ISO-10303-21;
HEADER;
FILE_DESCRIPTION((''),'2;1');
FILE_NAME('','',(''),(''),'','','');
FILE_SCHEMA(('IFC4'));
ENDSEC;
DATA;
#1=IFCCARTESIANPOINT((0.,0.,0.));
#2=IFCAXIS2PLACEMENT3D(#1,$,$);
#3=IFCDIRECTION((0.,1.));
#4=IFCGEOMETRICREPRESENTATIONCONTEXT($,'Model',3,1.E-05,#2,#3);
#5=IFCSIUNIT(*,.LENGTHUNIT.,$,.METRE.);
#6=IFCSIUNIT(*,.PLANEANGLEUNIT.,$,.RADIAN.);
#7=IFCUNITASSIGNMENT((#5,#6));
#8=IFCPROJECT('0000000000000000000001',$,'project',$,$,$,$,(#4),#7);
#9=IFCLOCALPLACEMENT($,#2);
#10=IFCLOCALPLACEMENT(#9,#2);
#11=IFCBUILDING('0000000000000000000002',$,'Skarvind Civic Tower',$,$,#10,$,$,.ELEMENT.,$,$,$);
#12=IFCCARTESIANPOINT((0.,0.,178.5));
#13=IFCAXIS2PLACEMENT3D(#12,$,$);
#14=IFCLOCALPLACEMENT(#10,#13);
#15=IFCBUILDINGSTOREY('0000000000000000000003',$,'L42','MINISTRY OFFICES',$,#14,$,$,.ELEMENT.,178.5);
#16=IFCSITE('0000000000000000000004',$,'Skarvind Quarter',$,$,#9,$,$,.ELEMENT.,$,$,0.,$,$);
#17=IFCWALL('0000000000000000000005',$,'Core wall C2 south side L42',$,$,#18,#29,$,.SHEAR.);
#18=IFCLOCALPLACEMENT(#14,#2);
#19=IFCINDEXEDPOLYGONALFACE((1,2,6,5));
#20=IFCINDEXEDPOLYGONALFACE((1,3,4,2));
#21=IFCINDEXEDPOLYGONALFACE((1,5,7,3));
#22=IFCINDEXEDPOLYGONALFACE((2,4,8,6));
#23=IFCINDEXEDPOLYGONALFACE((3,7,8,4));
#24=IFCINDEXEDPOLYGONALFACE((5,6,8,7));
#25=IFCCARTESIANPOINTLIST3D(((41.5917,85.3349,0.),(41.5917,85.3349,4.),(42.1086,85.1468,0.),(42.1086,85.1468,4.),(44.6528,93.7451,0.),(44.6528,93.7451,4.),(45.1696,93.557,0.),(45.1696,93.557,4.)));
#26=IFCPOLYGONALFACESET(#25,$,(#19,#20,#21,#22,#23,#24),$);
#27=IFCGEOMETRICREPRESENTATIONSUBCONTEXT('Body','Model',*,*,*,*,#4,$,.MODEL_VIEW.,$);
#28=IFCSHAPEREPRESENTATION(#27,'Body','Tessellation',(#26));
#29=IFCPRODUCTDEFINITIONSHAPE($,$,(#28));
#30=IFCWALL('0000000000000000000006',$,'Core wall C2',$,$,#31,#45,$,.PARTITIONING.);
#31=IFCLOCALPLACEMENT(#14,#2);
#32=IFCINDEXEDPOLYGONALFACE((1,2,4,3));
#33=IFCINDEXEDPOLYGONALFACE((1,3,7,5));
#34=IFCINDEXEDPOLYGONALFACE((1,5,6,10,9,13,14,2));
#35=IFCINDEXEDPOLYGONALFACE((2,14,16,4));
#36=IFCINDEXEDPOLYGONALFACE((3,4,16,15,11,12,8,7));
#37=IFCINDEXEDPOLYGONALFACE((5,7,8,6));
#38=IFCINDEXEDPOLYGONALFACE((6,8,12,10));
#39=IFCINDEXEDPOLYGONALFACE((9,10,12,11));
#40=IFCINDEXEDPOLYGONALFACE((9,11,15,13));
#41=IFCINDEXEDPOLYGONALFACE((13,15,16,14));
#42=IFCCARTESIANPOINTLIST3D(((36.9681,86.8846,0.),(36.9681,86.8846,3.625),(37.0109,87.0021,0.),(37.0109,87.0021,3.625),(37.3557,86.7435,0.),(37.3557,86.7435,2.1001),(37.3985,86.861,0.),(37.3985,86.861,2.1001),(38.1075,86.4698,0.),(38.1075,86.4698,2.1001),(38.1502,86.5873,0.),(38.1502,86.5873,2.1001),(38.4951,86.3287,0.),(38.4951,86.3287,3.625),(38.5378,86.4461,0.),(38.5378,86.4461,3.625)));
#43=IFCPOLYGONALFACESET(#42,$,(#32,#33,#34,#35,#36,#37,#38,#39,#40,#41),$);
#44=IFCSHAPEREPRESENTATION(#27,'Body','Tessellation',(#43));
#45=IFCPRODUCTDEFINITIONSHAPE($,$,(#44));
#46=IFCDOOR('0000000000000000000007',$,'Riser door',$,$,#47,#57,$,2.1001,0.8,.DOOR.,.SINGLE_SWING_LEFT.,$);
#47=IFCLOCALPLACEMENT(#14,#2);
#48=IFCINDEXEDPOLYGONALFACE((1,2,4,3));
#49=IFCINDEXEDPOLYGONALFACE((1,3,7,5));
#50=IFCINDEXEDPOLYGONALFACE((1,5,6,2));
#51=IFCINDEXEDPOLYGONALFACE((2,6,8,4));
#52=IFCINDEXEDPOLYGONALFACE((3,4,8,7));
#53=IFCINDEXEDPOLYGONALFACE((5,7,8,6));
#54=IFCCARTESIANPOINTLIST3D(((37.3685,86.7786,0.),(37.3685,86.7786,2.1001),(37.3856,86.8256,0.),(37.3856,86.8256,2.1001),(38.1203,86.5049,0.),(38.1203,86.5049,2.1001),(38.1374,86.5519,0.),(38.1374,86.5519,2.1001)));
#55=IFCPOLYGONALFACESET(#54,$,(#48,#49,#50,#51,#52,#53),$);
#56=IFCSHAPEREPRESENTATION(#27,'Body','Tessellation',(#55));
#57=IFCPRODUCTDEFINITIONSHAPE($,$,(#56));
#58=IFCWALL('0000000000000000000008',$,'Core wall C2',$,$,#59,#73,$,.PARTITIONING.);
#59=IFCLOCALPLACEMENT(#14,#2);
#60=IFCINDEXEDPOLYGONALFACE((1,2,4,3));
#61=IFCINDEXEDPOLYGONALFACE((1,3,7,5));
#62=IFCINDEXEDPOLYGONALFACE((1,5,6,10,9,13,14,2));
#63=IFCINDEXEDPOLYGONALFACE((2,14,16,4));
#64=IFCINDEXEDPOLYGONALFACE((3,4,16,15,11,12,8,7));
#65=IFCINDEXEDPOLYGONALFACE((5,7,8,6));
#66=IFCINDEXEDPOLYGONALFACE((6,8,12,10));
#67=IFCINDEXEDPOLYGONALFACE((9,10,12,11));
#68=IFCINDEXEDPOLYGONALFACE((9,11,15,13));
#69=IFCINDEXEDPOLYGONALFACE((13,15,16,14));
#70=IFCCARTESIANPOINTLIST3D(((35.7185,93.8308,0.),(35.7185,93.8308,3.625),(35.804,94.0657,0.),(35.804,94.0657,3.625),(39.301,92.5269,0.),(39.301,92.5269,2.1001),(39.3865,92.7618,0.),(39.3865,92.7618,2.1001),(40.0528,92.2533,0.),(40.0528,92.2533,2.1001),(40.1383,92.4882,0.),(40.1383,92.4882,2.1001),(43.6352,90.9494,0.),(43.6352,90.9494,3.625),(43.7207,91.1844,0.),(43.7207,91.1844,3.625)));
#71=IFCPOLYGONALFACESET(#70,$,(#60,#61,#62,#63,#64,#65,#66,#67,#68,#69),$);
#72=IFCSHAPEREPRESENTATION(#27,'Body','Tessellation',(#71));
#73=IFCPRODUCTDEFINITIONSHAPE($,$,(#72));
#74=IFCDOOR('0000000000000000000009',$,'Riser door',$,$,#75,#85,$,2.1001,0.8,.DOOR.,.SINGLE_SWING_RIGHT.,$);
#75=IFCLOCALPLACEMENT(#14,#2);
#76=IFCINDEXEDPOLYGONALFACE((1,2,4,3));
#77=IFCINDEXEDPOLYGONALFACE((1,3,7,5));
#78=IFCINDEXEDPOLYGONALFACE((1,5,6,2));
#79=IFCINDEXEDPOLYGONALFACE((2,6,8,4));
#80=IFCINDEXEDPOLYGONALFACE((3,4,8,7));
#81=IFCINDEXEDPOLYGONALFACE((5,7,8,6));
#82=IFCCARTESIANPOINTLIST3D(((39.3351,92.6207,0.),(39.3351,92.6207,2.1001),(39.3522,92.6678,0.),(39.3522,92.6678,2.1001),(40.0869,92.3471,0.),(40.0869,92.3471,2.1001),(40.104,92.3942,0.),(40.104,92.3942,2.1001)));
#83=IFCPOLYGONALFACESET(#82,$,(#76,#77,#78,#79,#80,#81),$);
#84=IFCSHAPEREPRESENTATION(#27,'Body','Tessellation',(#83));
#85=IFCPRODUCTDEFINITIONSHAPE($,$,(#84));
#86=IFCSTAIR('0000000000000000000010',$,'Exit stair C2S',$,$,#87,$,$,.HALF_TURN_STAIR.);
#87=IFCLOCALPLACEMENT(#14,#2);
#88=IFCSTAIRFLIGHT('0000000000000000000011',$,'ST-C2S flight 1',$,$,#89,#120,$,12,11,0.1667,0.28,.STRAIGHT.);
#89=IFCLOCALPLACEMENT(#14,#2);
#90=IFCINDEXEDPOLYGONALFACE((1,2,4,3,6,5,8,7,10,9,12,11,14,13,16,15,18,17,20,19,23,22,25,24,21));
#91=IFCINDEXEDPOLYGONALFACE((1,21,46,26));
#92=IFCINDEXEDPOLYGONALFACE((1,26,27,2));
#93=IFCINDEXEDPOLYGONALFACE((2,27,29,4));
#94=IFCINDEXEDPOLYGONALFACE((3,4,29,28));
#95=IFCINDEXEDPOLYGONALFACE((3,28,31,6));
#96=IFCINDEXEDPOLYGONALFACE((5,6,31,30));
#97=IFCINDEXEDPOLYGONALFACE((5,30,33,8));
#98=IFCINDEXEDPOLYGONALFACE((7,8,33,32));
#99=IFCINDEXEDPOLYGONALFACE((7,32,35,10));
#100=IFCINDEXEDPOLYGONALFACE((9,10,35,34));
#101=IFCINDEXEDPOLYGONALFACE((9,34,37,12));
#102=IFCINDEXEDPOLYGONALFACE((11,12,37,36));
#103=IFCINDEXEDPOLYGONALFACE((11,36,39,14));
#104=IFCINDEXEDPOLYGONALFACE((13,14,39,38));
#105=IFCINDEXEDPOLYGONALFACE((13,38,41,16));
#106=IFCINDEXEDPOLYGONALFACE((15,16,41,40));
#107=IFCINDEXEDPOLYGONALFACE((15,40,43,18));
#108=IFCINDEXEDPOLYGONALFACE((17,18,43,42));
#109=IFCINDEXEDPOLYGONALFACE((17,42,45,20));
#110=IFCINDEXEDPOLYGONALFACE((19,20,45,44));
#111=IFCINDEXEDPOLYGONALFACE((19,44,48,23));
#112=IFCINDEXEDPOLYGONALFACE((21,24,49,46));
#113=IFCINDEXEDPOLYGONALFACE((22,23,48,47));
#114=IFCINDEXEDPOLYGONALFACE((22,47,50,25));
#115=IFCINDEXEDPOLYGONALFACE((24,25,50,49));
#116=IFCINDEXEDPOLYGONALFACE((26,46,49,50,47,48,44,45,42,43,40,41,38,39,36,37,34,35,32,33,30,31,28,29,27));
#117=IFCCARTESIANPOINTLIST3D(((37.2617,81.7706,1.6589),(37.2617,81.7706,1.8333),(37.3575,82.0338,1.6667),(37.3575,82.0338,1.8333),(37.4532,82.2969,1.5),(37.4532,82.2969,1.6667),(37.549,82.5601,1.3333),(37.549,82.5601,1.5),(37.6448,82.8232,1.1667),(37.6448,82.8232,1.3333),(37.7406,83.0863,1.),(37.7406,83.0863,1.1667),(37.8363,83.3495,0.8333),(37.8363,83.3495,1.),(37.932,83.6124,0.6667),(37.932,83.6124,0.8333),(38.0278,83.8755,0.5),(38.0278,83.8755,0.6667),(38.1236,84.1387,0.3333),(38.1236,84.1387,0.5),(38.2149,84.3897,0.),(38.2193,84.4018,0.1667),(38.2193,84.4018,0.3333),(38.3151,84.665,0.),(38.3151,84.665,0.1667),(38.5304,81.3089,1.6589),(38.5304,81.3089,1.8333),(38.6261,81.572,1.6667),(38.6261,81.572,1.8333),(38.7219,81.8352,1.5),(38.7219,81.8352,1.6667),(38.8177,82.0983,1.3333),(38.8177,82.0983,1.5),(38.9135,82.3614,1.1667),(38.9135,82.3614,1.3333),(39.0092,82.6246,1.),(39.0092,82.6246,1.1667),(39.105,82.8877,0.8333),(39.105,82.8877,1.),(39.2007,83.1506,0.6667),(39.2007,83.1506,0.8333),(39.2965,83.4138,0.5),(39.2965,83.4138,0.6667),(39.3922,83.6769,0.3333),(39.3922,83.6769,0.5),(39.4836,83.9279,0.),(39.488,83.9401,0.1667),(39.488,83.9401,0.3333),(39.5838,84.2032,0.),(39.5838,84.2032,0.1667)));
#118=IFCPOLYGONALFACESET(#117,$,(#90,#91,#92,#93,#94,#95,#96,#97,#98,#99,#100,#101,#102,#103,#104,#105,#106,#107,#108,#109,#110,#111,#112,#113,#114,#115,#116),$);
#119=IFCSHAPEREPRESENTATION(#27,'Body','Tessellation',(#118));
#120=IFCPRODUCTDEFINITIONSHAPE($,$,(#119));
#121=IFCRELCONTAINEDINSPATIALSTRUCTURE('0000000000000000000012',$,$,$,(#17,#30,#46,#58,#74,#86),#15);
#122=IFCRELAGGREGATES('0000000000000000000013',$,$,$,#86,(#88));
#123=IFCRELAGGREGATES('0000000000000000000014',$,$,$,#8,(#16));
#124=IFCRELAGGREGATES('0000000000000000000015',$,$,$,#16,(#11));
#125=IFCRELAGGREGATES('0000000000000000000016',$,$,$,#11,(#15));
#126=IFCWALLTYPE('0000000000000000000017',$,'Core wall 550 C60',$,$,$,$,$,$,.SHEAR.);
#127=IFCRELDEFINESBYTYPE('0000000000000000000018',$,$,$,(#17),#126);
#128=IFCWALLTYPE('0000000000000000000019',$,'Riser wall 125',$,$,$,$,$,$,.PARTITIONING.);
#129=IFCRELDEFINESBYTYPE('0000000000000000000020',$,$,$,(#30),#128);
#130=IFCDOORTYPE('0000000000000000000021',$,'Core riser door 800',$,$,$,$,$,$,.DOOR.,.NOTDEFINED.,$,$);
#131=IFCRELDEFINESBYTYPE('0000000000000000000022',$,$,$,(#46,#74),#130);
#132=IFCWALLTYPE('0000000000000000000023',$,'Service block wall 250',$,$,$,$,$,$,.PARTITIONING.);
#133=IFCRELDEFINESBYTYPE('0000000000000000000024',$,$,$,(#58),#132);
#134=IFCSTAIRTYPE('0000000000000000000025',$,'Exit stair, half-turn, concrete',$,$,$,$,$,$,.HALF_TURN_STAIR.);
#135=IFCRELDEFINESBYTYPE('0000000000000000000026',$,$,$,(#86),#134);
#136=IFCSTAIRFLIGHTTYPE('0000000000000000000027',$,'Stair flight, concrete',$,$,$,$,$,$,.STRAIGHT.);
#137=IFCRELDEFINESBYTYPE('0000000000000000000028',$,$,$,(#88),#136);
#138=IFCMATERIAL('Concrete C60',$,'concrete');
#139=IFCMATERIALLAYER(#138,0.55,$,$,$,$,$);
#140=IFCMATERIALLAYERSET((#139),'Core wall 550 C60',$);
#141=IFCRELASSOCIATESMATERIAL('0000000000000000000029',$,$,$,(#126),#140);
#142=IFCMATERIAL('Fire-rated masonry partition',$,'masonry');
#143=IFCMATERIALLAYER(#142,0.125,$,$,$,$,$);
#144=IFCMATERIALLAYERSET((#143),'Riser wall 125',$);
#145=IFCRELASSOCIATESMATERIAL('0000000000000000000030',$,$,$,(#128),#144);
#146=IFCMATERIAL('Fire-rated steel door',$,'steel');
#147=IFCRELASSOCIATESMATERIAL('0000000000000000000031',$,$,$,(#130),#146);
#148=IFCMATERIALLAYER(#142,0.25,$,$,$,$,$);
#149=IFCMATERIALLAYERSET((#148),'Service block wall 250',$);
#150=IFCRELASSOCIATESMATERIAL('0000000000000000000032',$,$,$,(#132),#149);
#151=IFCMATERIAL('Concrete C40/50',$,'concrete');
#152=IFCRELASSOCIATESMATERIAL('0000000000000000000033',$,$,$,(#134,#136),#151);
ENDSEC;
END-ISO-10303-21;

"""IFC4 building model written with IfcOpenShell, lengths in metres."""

from ifc_helpers import new_model, si_unit, direction, frame, frame_2d, origin, place, context, subcontext, project, spatial, polyline, rectangle, outline, extrude, material, layer, layer_set, type_object, element, fill, aggregate, save


model = new_model("IFC4")

# Units and contexts
model_context = context("Model", 3, precision=1e-05, world=origin(), true_north=direction((0.0, 1.0)))
body_context = subcontext(model_context, "Body", "Model", "MODEL_VIEW")
ifc_project = project(units=[si_unit("LENGTHUNIT", "METRE"), si_unit("PLANEANGLEUNIT", "RADIAN")], contexts=[model_context])

# Site, building, storey
site_placement = place(None, origin())
site = spatial("IfcSite", under=ifc_project, at=site_placement, Name="Skarvind Quarter", CompositionType="ELEMENT", RefElevation=0.0)
building_placement = place(site_placement, origin())
building = spatial("IfcBuilding", under=site, at=building_placement, Name="Skarvind Civic Tower", CompositionType="ELEMENT")
storey_placement = place(building_placement, frame((0.0, 0.0, 178.5)))
storey = spatial("IfcBuildingStorey", under=building, at=storey_placement, Name="L42", Description="MINISTRY OFFICES", CompositionType="ELEMENT", Elevation=178.5)

# Shared definitions
ifc_material_1 = material(Name="Concrete C60", Category="concrete")

# Shared definitions
ifc_material_2 = material(Name="Fire-rated masonry partition", Category="masonry")
ifc_material_3 = material(Name="Fire-rated steel door", Category="steel")

# Wall
ifc_layer_1 = layer(ifc_material_1, 0.55)
ifc_layer_set_1 = layer_set([ifc_layer_1], Name="Core wall 550 C60")
wall_type_1 = type_object("IfcWallType", Name="Core wall 550 C60", PredefinedType="SHEAR", material=ifc_layer_set_1)
wall_1_placement = place(storey_placement, frame((41.8501, 85.2407, 0.0), z_axis=(0.0, 0.0, 1.0), x_axis=(0.342019, 0.939693, 0.0)))
element("IfcWall", 1, at=wall_1_placement, inside=storey, type_object=wall_type_1, Name="Core wall C2 south side L42", PredefinedType="SHEAR", context=body_context, shape_type="SweptSolid", body=[
    extrude(rectangle(XDim=8.95, YDim=0.55, at=frame_2d((4.4751, 0.0))), origin(), (0.0, 0.0, 1.0), 4.0),
])

# Walls, openings, doors
ifc_layer_2 = layer(ifc_material_2, 0.125)
ifc_layer_set_2 = layer_set([ifc_layer_2], Name="Riser wall 125")
wall_type_2 = type_object("IfcWallType", Name="Riser wall 125", PredefinedType="PARTITIONING", material=ifc_layer_set_2)
wall_2_placement = place(storey_placement, frame((36.9895, 86.9434, 0.0), z_axis=(0.0, 0.0, 1.0), x_axis=(0.939657, -0.342117, 0.0)))
wall_2 = element("IfcWall", 2, at=wall_2_placement, inside=storey, type_object=wall_type_2, Name="Core wall C2", PredefinedType="PARTITIONING", context=body_context, shape_type="SweptSolid", body=[
    extrude(rectangle(XDim=1.625, YDim=0.125, at=frame_2d((0.8125, 0.0))), origin(), (0.0, 0.0, 1.0), 3.625),
])
opening_1_placement = place(wall_2_placement, frame((0.4126, 0.0, 0.0)))
opening_1 = element("IfcOpeningElement", 3, at=opening_1_placement, cuts=wall_2, PredefinedType="OPENING", context=body_context, shape_type="SweptSolid", body=[
    extrude(rectangle(XDim=0.8, YDim=2.1001, at=frame_2d((0.3999, 1.05))), frame((0.0, 0.0725, 0.0), z_axis=(0.0, -1.0, 0.0), x_axis=(1.0, 0.0, 0.0)), (0.0, 0.0, 1.0), 0.145),
])
door_type_1 = type_object("IfcDoorType", Name="Core riser door 800", OperationType="NOTDEFINED", PredefinedType="DOOR", material=ifc_material_3)
door_1_placement = place(opening_1_placement, origin())
door_1 = element("IfcDoor", 4, at=door_1_placement, inside=storey, type_object=door_type_1, Name="Riser door", OperationType="SINGLE_SWING_LEFT", OverallHeight=2.1001, OverallWidth=0.8, PredefinedType="DOOR", context=body_context, shape_type="SweptSolid", body=[
    extrude(rectangle(XDim=0.8, YDim=2.1001, at=frame_2d((0.3999, 1.05))), frame((0.0, 0.0249, 0.0), z_axis=(0.0, -1.0, 0.0), x_axis=(1.0, 0.0, 0.0)), (0.0, 0.0, 1.0), 0.05),
])
fill(opening_1, door_1)
ifc_layer_3 = layer(ifc_material_2, 0.25)
ifc_layer_set_3 = layer_set([ifc_layer_3], Name="Service block wall 250")
wall_type_3 = type_object("IfcWallType", Name="Service block wall 250", PredefinedType="PARTITIONING", material=ifc_layer_set_3)
wall_3_placement = place(storey_placement, frame((35.7612, 93.9482, 0.0), z_axis=(0.0, 0.0, 1.0), x_axis=(0.939697, -0.342008, 0.0)))
wall_3 = element("IfcWall", 5, at=wall_3_placement, inside=storey, type_object=wall_type_3, Name="Core wall C2", PredefinedType="PARTITIONING", context=body_context, shape_type="SweptSolid", body=[
    extrude(rectangle(XDim=8.4248, YDim=0.25, at=frame_2d((4.2124, 0.0))), origin(), (0.0, 0.0, 1.0), 3.625),
])
opening_2_placement = place(wall_3_placement, frame((3.8125, 0.0, 0.0)))
opening_2 = element("IfcOpeningElement", 6, at=opening_2_placement, cuts=wall_3, PredefinedType="OPENING", context=body_context, shape_type="SweptSolid", body=[
    extrude(rectangle(XDim=0.8, YDim=2.1001, at=frame_2d((0.3999, 1.05))), frame((0.0, 0.135, 0.0), z_axis=(0.0, -1.0, 0.0), x_axis=(1.0, 0.0, 0.0)), (0.0, 0.0, 1.0), 0.27),
])
door_2_placement = place(opening_2_placement, origin())
door_2 = element("IfcDoor", 7, at=door_2_placement, inside=storey, type_object=door_type_1, Name="Riser door", OperationType="SINGLE_SWING_RIGHT", OverallHeight=2.1001, OverallWidth=0.8, PredefinedType="DOOR", context=body_context, shape_type="SweptSolid", body=[
    extrude(rectangle(XDim=0.8, YDim=2.1001, at=frame_2d((0.3999, 1.05))), frame((0.0, 0.0249, 0.0), z_axis=(0.0, -1.0, 0.0), x_axis=(1.0, 0.0, 0.0)), (0.0, 0.0, 1.0), 0.05),
])
fill(opening_2, door_2)

# Stair, stair flight
ifc_material_4 = material(Name="Concrete C40/50", Category="concrete")
stair_type = type_object("IfcStairType", Name="Exit stair, half-turn, concrete", PredefinedType="HALF_TURN_STAIR", material=ifc_material_4)
stair_placement = place(storey_placement, origin())
stair = element("IfcStair", 8, at=stair_placement, inside=storey, type_object=stair_type, Name="Exit stair C2S", PredefinedType="HALF_TURN_STAIR")
stair_flight_type = type_object("IfcStairFlightType", Name="Stair flight, concrete", PredefinedType="STRAIGHT", material=ifc_material_4)
stair_flight_placement = place(storey_placement, frame((38.9495, 84.4341, 0.0), z_axis=(0.0, 0.0, 1.0), x_axis=(-0.34202, -0.939693, 0.0)))
stair_flight = element("IfcStairFlight", 9, at=stair_flight_placement, type_object=stair_flight_type, Name="ST-C2S flight 1", NumberOfRisers=12, NumberOfTreads=11, PredefinedType="STRAIGHT", RiserHeight=0.1667, TreadLength=0.28, context=body_context, shape_type="SweptSolid", body=[
    extrude(outline(polyline([(0.0, 0.0), (0.0, 0.1667), (0.28, 0.1667), (0.28, 0.3333), (0.5601, 0.3333), (0.5601, 0.5), (0.8401, 0.5), (0.8401, 0.6667), (1.1201, 0.6667), (1.1201, 0.8333), (1.3999, 0.8333), (1.3999, 1.0), (1.6799, 1.0), (1.6799, 1.1667), (1.96, 1.1667), (1.96, 1.3333), (2.24, 1.3333), (2.24, 1.5), (2.52, 1.5), (2.52, 1.6667), (2.8, 1.6667), (2.8, 1.8333), (3.0801, 1.8333), (3.0801, 2.0), (3.0801, 1.6589), (0.293, 0.0), (0.0, 0.0)])), frame((0.0, 0.675, 0.0), z_axis=(0.0, -1.0, 0.0), x_axis=(1.0, 0.0, 0.0)), (0.0, 0.0, 1.0), 1.3501),
])
aggregate(stair, [stair_flight])

save(model, "model.ifc")
